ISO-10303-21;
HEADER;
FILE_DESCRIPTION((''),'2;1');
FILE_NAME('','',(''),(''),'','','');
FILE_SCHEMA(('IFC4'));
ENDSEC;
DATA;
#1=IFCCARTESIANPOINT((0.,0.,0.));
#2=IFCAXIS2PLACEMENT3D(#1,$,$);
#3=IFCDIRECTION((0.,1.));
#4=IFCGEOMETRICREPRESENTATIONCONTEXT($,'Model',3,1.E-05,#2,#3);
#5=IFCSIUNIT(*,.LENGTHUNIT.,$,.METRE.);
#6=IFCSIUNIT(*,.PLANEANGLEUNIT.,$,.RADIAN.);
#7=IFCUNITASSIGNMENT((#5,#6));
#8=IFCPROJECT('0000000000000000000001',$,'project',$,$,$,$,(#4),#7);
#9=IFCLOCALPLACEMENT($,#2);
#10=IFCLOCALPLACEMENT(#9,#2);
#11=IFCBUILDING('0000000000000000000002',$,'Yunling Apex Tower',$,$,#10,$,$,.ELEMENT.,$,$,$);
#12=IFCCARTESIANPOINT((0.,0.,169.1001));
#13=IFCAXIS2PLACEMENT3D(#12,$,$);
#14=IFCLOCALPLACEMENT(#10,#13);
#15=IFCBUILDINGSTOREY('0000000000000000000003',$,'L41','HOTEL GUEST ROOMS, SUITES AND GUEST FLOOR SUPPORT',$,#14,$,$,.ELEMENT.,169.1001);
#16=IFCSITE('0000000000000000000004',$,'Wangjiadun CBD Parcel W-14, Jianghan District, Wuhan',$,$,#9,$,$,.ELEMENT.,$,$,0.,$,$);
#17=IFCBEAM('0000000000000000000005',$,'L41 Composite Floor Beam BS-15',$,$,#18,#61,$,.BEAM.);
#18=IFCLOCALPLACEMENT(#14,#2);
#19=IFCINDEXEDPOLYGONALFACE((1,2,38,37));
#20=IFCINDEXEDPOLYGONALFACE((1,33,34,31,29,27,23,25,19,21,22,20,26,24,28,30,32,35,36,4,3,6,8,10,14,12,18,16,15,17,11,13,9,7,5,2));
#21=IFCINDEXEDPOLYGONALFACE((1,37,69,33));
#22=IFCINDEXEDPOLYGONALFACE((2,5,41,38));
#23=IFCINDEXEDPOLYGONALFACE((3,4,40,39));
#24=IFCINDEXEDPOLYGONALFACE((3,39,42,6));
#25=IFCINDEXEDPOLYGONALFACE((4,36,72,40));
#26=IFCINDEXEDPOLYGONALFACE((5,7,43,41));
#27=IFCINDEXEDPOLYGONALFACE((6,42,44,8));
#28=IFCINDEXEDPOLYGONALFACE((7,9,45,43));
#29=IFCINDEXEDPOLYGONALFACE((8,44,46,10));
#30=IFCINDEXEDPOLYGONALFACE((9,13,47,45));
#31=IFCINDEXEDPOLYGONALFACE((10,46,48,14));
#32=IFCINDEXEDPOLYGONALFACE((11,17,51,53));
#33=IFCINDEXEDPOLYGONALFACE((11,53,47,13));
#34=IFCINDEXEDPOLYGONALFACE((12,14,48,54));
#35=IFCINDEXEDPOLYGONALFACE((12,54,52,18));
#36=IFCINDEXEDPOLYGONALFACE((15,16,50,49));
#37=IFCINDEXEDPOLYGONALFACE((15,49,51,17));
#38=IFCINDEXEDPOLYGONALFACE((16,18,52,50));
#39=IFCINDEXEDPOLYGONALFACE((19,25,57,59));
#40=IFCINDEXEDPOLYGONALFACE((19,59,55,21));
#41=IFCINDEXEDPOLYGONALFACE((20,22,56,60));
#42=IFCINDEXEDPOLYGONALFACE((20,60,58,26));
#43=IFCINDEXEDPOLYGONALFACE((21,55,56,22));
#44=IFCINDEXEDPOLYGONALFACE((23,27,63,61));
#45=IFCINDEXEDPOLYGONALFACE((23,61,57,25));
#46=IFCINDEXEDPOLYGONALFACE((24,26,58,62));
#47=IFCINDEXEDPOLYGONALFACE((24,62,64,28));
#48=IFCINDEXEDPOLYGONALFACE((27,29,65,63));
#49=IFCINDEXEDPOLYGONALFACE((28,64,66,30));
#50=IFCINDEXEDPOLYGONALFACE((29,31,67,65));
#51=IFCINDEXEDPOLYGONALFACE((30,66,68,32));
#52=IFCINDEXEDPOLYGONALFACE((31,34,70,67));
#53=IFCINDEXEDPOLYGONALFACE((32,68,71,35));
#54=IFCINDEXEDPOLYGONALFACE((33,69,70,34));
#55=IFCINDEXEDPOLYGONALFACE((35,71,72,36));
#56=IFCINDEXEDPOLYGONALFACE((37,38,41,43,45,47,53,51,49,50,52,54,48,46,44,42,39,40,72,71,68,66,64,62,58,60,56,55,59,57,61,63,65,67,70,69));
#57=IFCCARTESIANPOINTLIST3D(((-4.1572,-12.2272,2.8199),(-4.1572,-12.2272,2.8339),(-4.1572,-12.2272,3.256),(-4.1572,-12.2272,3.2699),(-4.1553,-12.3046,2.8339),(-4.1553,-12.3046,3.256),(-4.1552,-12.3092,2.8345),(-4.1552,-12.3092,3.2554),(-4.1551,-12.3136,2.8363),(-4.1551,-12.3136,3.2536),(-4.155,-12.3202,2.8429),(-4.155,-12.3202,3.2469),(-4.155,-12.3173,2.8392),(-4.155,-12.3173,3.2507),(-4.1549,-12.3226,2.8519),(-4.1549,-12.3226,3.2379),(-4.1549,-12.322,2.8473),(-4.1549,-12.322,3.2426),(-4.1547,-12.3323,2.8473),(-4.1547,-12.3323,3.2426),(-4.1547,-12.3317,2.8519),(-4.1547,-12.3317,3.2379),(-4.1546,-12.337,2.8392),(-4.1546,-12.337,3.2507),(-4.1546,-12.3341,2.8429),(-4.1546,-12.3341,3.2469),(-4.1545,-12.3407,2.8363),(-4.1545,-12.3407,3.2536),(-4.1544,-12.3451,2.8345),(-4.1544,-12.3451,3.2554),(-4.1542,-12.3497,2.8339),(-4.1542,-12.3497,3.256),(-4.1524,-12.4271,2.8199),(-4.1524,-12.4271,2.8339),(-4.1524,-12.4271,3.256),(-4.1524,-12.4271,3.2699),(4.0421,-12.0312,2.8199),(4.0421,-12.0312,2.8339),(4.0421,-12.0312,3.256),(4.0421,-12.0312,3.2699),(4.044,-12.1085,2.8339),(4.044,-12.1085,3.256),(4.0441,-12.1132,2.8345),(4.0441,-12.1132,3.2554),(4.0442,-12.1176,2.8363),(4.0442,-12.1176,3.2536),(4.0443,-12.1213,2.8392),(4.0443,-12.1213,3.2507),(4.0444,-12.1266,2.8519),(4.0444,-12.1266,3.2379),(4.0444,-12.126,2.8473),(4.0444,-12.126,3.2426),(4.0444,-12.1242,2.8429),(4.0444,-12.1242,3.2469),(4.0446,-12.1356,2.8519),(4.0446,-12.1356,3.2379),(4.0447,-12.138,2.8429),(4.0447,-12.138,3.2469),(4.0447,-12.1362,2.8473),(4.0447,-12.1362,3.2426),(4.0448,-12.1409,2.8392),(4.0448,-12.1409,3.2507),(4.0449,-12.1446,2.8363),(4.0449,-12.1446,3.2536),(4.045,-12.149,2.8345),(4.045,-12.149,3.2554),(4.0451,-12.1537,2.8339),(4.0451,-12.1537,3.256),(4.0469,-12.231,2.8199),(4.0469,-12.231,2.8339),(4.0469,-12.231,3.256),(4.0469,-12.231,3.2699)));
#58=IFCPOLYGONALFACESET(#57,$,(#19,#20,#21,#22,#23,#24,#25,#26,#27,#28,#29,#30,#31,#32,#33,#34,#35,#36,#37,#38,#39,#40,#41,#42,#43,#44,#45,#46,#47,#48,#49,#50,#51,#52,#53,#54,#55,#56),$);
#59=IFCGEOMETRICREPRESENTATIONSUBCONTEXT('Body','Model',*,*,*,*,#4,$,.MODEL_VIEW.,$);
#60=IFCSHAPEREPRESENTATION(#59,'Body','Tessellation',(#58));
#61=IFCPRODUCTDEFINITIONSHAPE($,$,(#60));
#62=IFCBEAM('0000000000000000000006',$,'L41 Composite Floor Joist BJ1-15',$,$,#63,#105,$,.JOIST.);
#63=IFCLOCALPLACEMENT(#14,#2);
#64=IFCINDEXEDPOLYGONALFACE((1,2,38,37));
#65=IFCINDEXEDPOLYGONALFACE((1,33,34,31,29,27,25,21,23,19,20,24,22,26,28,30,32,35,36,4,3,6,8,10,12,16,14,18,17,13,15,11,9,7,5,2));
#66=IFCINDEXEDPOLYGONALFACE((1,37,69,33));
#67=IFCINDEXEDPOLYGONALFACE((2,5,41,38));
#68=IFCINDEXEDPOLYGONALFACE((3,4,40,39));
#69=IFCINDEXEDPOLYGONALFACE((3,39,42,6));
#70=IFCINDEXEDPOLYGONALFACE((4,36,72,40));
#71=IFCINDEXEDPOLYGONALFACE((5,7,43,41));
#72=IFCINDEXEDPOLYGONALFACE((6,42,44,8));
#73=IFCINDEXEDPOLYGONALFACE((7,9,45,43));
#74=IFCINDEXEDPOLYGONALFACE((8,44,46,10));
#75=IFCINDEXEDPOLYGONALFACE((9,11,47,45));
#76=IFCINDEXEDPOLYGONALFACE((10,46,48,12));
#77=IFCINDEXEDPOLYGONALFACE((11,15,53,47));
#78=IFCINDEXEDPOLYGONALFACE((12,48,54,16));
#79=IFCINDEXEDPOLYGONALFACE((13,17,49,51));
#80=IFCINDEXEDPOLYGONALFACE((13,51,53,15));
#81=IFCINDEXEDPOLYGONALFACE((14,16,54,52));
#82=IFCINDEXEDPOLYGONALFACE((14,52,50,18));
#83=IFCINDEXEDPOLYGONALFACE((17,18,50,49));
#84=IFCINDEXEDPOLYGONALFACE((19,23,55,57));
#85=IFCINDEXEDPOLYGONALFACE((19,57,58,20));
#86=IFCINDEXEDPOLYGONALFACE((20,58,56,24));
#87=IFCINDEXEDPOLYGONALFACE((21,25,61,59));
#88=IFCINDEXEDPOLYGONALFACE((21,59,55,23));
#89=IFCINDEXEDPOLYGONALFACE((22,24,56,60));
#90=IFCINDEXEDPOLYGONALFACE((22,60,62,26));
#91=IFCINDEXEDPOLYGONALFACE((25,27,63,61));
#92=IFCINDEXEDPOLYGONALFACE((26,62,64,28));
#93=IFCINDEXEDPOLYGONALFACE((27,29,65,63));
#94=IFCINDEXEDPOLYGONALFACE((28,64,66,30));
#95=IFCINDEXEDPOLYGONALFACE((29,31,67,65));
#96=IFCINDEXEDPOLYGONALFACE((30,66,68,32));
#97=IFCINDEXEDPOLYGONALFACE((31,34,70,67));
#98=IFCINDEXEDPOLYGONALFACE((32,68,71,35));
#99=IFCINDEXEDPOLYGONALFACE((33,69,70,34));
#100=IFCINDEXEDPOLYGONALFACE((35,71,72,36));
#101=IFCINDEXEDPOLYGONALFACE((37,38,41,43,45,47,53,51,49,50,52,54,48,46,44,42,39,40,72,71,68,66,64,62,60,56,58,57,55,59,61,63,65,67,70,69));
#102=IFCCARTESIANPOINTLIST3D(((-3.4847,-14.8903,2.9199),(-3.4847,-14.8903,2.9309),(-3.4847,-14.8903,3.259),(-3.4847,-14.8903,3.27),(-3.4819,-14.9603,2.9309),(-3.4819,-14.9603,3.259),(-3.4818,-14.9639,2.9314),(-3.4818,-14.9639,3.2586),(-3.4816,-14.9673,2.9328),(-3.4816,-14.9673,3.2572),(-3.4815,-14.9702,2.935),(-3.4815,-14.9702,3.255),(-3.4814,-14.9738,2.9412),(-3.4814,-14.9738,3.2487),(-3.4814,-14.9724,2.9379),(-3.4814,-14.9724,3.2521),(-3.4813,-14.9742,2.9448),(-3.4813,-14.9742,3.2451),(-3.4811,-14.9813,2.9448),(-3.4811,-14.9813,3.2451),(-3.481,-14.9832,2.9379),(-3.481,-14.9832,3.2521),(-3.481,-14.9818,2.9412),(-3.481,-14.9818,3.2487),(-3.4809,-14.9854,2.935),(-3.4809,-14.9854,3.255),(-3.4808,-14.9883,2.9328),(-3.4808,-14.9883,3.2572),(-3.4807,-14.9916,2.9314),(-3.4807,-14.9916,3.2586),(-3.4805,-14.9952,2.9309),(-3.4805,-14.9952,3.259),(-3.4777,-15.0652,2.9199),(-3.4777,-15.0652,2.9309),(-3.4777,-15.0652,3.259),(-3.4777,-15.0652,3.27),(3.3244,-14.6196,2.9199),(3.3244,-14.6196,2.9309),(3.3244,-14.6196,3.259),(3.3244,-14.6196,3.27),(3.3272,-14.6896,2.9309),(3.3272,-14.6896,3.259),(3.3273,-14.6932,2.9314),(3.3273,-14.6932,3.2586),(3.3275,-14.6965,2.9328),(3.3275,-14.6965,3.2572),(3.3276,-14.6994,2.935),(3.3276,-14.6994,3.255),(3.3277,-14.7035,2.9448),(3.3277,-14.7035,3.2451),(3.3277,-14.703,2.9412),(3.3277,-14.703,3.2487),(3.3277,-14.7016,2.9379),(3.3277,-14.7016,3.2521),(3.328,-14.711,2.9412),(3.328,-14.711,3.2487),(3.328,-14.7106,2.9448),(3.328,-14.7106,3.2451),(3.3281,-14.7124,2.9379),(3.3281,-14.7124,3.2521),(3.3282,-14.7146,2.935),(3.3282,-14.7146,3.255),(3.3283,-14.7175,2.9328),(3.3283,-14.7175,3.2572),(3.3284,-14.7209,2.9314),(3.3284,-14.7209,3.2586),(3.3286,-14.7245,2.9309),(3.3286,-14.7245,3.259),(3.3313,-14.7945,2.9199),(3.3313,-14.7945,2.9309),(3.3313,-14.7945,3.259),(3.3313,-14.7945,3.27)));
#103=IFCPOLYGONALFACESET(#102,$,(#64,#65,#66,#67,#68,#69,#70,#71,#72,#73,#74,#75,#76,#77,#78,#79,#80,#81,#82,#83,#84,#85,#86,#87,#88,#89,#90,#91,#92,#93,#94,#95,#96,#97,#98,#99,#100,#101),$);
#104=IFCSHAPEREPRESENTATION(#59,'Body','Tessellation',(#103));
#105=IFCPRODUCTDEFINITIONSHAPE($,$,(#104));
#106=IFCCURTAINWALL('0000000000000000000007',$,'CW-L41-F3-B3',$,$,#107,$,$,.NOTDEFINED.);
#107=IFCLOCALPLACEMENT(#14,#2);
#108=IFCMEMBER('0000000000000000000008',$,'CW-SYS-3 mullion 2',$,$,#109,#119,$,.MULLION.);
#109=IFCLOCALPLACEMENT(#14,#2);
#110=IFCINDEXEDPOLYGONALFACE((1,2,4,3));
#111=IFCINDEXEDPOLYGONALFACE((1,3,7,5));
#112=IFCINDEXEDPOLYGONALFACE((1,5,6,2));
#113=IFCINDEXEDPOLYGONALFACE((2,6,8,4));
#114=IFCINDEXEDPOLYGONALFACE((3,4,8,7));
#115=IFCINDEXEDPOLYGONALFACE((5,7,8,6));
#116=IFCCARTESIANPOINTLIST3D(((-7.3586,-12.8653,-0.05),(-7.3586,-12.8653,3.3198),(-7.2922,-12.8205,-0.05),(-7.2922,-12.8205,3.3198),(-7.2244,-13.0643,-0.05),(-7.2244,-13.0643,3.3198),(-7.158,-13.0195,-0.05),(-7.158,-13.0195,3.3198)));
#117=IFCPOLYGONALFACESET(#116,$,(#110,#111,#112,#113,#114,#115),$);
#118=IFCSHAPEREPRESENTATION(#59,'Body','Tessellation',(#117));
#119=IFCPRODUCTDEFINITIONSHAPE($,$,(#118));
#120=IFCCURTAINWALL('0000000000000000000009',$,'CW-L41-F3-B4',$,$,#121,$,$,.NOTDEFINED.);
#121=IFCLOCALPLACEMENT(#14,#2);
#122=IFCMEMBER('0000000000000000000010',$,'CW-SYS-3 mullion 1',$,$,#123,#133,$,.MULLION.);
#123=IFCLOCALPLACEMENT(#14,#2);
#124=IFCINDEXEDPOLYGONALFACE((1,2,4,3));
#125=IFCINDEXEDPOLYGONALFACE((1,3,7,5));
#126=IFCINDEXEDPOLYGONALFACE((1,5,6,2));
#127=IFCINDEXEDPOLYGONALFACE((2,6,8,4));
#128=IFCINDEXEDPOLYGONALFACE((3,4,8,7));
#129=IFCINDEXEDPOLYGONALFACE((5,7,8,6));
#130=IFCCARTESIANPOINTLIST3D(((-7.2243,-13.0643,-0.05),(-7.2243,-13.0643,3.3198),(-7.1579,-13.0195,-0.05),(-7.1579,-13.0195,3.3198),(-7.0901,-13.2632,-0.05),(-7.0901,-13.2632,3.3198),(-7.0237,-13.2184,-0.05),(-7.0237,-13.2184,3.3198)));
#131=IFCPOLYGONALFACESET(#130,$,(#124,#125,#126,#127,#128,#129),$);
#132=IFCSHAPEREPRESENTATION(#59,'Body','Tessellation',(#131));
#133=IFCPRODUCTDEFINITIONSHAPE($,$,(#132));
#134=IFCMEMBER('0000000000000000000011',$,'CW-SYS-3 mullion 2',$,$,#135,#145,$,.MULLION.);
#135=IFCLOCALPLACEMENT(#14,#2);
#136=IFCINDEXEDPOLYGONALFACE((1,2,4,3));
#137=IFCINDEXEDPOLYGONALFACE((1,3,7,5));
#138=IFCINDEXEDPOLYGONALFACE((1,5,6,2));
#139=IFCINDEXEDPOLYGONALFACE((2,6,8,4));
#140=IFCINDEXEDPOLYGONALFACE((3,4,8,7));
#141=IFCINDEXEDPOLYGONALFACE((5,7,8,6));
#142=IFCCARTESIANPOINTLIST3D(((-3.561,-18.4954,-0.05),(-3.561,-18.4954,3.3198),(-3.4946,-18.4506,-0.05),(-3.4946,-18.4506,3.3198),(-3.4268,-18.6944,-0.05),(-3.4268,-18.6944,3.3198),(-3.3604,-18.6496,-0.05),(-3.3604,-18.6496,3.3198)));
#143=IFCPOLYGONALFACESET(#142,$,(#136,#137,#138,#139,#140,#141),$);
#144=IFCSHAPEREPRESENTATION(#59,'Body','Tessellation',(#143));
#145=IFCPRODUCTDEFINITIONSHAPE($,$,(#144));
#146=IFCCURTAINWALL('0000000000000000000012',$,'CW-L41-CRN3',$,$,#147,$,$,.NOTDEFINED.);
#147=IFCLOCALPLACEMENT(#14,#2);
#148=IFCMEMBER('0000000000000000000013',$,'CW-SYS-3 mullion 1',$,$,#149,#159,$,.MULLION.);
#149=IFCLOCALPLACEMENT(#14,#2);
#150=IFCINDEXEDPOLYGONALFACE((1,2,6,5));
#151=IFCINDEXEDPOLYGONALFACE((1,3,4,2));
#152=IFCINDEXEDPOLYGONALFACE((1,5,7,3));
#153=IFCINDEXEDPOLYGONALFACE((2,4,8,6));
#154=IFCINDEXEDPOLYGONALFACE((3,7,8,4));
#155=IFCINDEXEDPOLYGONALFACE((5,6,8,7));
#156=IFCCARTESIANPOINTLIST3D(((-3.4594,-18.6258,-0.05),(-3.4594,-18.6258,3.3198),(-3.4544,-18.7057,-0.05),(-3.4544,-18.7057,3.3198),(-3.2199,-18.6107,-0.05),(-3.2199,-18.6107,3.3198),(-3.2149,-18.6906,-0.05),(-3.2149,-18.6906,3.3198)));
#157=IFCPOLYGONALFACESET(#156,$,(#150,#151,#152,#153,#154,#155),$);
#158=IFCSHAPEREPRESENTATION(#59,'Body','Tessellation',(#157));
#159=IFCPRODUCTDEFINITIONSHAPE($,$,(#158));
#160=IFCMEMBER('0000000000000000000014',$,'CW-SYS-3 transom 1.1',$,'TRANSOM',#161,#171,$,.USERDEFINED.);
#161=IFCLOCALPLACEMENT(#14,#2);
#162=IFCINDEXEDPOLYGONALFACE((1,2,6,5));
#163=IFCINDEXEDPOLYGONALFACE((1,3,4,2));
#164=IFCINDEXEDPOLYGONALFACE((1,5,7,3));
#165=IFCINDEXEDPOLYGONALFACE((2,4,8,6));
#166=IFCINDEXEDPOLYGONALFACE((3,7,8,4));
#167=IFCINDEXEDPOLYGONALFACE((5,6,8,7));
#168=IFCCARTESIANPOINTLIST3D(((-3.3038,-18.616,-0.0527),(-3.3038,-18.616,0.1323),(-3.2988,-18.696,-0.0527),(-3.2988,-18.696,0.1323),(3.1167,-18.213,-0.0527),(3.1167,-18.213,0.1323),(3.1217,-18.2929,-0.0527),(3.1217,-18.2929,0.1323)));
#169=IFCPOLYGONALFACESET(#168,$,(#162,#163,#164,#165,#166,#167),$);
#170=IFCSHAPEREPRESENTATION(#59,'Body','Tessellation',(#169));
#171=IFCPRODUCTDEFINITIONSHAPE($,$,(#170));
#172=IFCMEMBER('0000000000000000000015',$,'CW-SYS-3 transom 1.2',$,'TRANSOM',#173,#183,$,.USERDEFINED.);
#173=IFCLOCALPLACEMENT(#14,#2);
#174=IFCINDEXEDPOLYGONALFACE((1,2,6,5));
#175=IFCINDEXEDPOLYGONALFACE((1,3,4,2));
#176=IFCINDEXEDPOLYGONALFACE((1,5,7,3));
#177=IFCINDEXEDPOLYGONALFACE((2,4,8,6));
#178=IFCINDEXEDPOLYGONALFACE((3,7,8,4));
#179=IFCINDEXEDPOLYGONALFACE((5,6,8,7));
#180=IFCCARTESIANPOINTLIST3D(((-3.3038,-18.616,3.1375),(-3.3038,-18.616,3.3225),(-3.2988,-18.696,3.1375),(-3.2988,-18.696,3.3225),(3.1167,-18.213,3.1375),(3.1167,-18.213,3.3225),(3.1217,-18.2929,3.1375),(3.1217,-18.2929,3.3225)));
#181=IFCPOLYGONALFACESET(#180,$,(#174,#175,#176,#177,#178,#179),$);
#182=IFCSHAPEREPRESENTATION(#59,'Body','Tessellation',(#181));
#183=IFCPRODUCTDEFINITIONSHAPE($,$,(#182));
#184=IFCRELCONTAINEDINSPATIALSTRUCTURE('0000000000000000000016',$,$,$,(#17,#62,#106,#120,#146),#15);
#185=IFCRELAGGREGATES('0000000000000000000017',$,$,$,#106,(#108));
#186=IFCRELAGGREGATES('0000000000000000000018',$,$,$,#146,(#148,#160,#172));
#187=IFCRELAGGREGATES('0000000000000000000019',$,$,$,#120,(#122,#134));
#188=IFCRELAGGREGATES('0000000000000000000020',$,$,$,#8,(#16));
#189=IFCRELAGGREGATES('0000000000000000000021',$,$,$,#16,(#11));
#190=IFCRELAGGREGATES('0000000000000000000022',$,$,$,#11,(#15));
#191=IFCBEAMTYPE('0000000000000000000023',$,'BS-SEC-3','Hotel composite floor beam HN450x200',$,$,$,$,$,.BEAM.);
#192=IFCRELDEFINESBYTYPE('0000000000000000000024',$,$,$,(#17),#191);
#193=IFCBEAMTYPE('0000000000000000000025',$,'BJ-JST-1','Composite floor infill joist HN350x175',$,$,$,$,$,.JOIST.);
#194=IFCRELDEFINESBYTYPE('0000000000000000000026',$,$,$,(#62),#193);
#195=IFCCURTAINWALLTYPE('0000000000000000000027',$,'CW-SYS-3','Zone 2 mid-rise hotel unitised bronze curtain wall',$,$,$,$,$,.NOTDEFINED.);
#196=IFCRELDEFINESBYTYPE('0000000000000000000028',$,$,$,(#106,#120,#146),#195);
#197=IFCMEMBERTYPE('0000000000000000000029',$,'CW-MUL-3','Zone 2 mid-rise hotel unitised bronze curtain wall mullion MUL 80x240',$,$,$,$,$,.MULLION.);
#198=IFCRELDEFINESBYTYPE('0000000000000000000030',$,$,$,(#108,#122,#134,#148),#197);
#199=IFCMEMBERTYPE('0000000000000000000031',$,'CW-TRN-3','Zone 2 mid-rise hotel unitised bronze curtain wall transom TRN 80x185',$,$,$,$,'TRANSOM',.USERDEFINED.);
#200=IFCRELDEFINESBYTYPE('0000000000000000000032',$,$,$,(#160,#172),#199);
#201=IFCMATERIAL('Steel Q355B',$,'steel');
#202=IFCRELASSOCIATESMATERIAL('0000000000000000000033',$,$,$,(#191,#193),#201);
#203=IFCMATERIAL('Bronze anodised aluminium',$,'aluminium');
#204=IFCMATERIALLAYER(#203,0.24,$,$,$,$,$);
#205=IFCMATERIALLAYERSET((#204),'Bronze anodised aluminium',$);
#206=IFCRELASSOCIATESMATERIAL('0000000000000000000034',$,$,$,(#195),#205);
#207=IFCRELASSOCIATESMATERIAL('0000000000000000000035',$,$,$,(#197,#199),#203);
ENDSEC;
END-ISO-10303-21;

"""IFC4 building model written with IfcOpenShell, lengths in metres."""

from ifc_helpers import new_model, si_unit, direction, frame, origin, origin_2d, place, context, subcontext, project, spatial, rectangle, i_section, extrude, source, transform, mapped, material, layer, layer_set, material_profile, profile_set, type_object, element, aggregate, save


model = new_model("IFC4")

# Units and contexts
model_context = context("Model", 3, precision=1e-05, world=origin(), true_north=direction((0.0, 1.0)))
body_context = subcontext(model_context, "Body", "Model", "MODEL_VIEW")
ifc_project = project(units=[si_unit("LENGTHUNIT", "METRE"), si_unit("PLANEANGLEUNIT", "RADIAN")], contexts=[model_context])

# Site, building, storey
site_placement = place(None, origin())
site = spatial("IfcSite", under=ifc_project, at=site_placement, Name="Wangjiadun CBD Parcel W-14, Jianghan District, Wuhan", CompositionType="ELEMENT", RefElevation=0.0)
building_placement = place(site_placement, origin())
building = spatial("IfcBuilding", under=site, at=building_placement, Name="Yunling Apex Tower", CompositionType="ELEMENT")
storey_placement = place(building_placement, frame((0.0, 0.0, 169.1001)))
storey = spatial("IfcBuildingStorey", under=building, at=storey_placement, Name="L41", Description="HOTEL GUEST ROOMS, SUITES AND GUEST FLOOR SUPPORT", CompositionType="ELEMENT", Elevation=169.1001)

# Beams
ifc_material_1 = material(Name="Steel Q355B", Category="steel")
ifc_material_profile_1 = material_profile(ifc_material_1, i_section(OverallWidth=0.2, OverallDepth=0.45, WebThickness=0.009, FlangeThickness=0.0139, FilletRadius=0.0181, at=origin_2d()))
ifc_profile_set_1 = profile_set([ifc_material_profile_1], Name="Steel Q355B")
beam_type_1 = type_object("IfcBeamType", Name="BS-SEC-3", Description="Hotel composite floor beam HN450x200", PredefinedType="BEAM", material=ifc_profile_set_1)
shared_shape_1 = source(origin(), body_context, "Body", "SweptSolid", [
    extrude(i_section(OverallWidth=0.2, OverallDepth=0.45, WebThickness=0.009, FlangeThickness=0.0139, FilletRadius=0.0181, at=origin_2d()), origin(), (0.0, 0.0, 1.0), 8.2017),
])
beam_1_placement = place(storey_placement, frame((-4.1548, -12.3271, 3.0449), z_axis=(0.999714, 0.023903, 0.0), x_axis=(-0.023903, 0.999714, 0.0)))
element("IfcBeam", 1, at=beam_1_placement, inside=storey, type_object=beam_type_1, Name="L41 Composite Floor Beam BS-15", PredefinedType="BEAM", context=body_context, shape_type="MappedRepresentation", body=[
    mapped(shared_shape_1, transform((0.0, 0.0, 0.0), scale=1.0)),
])
ifc_material_profile_2 = material_profile(ifc_material_1, i_section(OverallWidth=0.175, OverallDepth=0.3501, WebThickness=0.0071, FlangeThickness=0.011, FilletRadius=0.0139, at=origin_2d()))
ifc_profile_set_2 = profile_set([ifc_material_profile_2], Name="Steel Q355B")
beam_type_2 = type_object("IfcBeamType", Name="BJ-JST-1", Description="Composite floor infill joist HN350x175", PredefinedType="JOIST", material=ifc_profile_set_2)
shared_shape_2 = source(origin(), body_context, "Body", "SweptSolid", [
    extrude(i_section(OverallWidth=0.175, OverallDepth=0.3501, WebThickness=0.0071, FlangeThickness=0.011, FilletRadius=0.0139, at=origin_2d()), origin(), (0.0, 0.0, 1.0), 6.8145),
])
beam_2_placement = place(storey_placement, frame((-3.4812, -14.9778, 3.095), z_axis=(0.99921, 0.039732, 0.0), x_axis=(-0.039732, 0.99921, 0.0)))
element("IfcBeam", 2, at=beam_2_placement, inside=storey, type_object=beam_type_2, Name="L41 Composite Floor Joist BJ1-15", PredefinedType="JOIST", context=body_context, shape_type="MappedRepresentation", body=[
    mapped(shared_shape_2, transform((0.0, 0.0, 0.0), scale=1.0)),
])

# Curtain wall, member
ifc_material_2 = material(Name="Bronze anodised aluminium", Category="aluminium")
ifc_layer_1 = layer(ifc_material_2, 0.24)
ifc_layer_set_1 = layer_set([ifc_layer_1], Name="Bronze anodised aluminium")
curtain_wall_type = type_object("IfcCurtainWallType", Name="CW-SYS-3", Description="Zone 2 mid-rise hotel unitised bronze curtain wall", PredefinedType="NOTDEFINED", material=ifc_layer_set_1)
curtain_wall_1_placement = place(storey_placement, origin())
curtain_wall_1 = element("IfcCurtainWall", 3, at=curtain_wall_1_placement, inside=storey, type_object=curtain_wall_type, Name="CW-L41-F3-B3", PredefinedType="NOTDEFINED")
ifc_material_profile_3 = material_profile(ifc_material_2, rectangle(XDim=0.0801, YDim=0.24, at=origin_2d()))
ifc_profile_set_3 = profile_set([ifc_material_profile_3], Name="Bronze anodised aluminium")
member_type_1 = type_object("IfcMemberType", Name="CW-MUL-3", Description="Zone 2 mid-rise hotel unitised bronze curtain wall mullion MUL 80x240", PredefinedType="MULLION", material=ifc_profile_set_3)
shared_shape_3 = source(origin(), body_context, "Body", "SweptSolid", [
    extrude(rectangle(XDim=0.0801, YDim=0.24, at=origin_2d()), origin(), (0.0, 0.0, 1.0), 3.3699),
])
member_1_placement = place(storey_placement, frame((-7.2583, -12.9424, -0.05), z_axis=(0.0, 0.0, 1.0), x_axis=(0.829041, 0.559188, 0.0)))
member_1 = element("IfcMember", 4, at=member_1_placement, type_object=member_type_1, Name="CW-SYS-3 mullion 2", PredefinedType="MULLION", context=body_context, shape_type="MappedRepresentation", body=[
    mapped(shared_shape_3, transform((0.0, 0.0, 0.0), scale=1.0)),
])
aggregate(curtain_wall_1, [member_1])

# Curtain walls, members
curtain_wall_2_placement = place(storey_placement, origin())
curtain_wall_2 = element("IfcCurtainWall", 5, at=curtain_wall_2_placement, inside=storey, type_object=curtain_wall_type, Name="CW-L41-F3-B4", PredefinedType="NOTDEFINED")
member_2_placement = place(storey_placement, frame((-7.124, -13.1414, -0.05), z_axis=(0.0, 0.0, 1.0), x_axis=(0.829045, 0.559181, 0.0)))
member_2 = element("IfcMember", 6, at=member_2_placement, type_object=member_type_1, Name="CW-SYS-3 mullion 1", PredefinedType="MULLION", context=body_context, shape_type="MappedRepresentation", body=[
    mapped(shared_shape_3, transform((0.0, 0.0, 0.0), scale=1.0)),
])
member_3_placement = place(storey_placement, frame((-3.4607, -18.5725, -0.05), z_axis=(0.0, 0.0, 1.0), x_axis=(0.829045, 0.559181, 0.0)))
member_3 = element("IfcMember", 7, at=member_3_placement, type_object=member_type_1, Name="CW-SYS-3 mullion 2", PredefinedType="MULLION", context=body_context, shape_type="MappedRepresentation", body=[
    mapped(shared_shape_3, transform((0.0, 0.0, 0.0), scale=1.0)),
])
curtain_wall_3_placement = place(storey_placement, origin())
curtain_wall_3 = element("IfcCurtainWall", 8, at=curtain_wall_3_placement, inside=storey, type_object=curtain_wall_type, Name="CW-L41-CRN3", PredefinedType="NOTDEFINED")
member_4_placement = place(storey_placement, frame((-3.3372, -18.6582, -0.05), z_axis=(0.0, 0.0, 1.0), x_axis=(-0.062672, 0.998034, 0.0)))
member_4 = element("IfcMember", 9, at=member_4_placement, type_object=member_type_1, Name="CW-SYS-3 mullion 1", PredefinedType="MULLION", context=body_context, shape_type="MappedRepresentation", body=[
    mapped(shared_shape_3, transform((0.0, 0.0, 0.0), scale=1.0)),
])
ifc_material_profile_4 = material_profile(ifc_material_2, rectangle(XDim=0.0801, YDim=0.1851, at=origin_2d()))
ifc_profile_set_4 = profile_set([ifc_material_profile_4], Name="Bronze anodised aluminium")
member_type_2 = type_object("IfcMemberType", Name="CW-TRN-3", Description="Zone 2 mid-rise hotel unitised bronze curtain wall transom TRN 80x185", ElementType="TRANSOM", PredefinedType="USERDEFINED", material=ifc_profile_set_4)
shared_shape_4 = source(origin(), body_context, "Body", "SweptSolid", [
    extrude(rectangle(XDim=0.0801, YDim=0.1851, at=origin_2d()), origin(), (0.0, 0.0, 1.0), 6.4331),
])
member_5_placement = place(storey_placement, frame((-3.3013, -18.656, 0.0398), z_axis=(0.998035, 0.062657, 0.0), x_axis=(-0.062657, 0.998035, 0.0)))
member_5 = element("IfcMember", 10, at=member_5_placement, type_object=member_type_2, Name="CW-SYS-3 transom 1.1", ObjectType="TRANSOM", PredefinedType="USERDEFINED", context=body_context, shape_type="MappedRepresentation", body=[
    mapped(shared_shape_4, transform((0.0, 0.0, 0.0), scale=1.0)),
])
member_6_placement = place(storey_placement, frame((-3.3013, -18.656, 3.23), z_axis=(0.998035, 0.062657, 0.0), x_axis=(-0.062657, 0.998035, 0.0)))
member_6 = element("IfcMember", 11, at=member_6_placement, type_object=member_type_2, Name="CW-SYS-3 transom 1.2", ObjectType="TRANSOM", PredefinedType="USERDEFINED", context=body_context, shape_type="MappedRepresentation", body=[
    mapped(shared_shape_4, transform((0.0, 0.0, 0.0), scale=1.0)),
])
aggregate(curtain_wall_3, [member_4, member_5, member_6])

aggregate(curtain_wall_2, [member_2, member_3])

save(model, "model.ifc")
